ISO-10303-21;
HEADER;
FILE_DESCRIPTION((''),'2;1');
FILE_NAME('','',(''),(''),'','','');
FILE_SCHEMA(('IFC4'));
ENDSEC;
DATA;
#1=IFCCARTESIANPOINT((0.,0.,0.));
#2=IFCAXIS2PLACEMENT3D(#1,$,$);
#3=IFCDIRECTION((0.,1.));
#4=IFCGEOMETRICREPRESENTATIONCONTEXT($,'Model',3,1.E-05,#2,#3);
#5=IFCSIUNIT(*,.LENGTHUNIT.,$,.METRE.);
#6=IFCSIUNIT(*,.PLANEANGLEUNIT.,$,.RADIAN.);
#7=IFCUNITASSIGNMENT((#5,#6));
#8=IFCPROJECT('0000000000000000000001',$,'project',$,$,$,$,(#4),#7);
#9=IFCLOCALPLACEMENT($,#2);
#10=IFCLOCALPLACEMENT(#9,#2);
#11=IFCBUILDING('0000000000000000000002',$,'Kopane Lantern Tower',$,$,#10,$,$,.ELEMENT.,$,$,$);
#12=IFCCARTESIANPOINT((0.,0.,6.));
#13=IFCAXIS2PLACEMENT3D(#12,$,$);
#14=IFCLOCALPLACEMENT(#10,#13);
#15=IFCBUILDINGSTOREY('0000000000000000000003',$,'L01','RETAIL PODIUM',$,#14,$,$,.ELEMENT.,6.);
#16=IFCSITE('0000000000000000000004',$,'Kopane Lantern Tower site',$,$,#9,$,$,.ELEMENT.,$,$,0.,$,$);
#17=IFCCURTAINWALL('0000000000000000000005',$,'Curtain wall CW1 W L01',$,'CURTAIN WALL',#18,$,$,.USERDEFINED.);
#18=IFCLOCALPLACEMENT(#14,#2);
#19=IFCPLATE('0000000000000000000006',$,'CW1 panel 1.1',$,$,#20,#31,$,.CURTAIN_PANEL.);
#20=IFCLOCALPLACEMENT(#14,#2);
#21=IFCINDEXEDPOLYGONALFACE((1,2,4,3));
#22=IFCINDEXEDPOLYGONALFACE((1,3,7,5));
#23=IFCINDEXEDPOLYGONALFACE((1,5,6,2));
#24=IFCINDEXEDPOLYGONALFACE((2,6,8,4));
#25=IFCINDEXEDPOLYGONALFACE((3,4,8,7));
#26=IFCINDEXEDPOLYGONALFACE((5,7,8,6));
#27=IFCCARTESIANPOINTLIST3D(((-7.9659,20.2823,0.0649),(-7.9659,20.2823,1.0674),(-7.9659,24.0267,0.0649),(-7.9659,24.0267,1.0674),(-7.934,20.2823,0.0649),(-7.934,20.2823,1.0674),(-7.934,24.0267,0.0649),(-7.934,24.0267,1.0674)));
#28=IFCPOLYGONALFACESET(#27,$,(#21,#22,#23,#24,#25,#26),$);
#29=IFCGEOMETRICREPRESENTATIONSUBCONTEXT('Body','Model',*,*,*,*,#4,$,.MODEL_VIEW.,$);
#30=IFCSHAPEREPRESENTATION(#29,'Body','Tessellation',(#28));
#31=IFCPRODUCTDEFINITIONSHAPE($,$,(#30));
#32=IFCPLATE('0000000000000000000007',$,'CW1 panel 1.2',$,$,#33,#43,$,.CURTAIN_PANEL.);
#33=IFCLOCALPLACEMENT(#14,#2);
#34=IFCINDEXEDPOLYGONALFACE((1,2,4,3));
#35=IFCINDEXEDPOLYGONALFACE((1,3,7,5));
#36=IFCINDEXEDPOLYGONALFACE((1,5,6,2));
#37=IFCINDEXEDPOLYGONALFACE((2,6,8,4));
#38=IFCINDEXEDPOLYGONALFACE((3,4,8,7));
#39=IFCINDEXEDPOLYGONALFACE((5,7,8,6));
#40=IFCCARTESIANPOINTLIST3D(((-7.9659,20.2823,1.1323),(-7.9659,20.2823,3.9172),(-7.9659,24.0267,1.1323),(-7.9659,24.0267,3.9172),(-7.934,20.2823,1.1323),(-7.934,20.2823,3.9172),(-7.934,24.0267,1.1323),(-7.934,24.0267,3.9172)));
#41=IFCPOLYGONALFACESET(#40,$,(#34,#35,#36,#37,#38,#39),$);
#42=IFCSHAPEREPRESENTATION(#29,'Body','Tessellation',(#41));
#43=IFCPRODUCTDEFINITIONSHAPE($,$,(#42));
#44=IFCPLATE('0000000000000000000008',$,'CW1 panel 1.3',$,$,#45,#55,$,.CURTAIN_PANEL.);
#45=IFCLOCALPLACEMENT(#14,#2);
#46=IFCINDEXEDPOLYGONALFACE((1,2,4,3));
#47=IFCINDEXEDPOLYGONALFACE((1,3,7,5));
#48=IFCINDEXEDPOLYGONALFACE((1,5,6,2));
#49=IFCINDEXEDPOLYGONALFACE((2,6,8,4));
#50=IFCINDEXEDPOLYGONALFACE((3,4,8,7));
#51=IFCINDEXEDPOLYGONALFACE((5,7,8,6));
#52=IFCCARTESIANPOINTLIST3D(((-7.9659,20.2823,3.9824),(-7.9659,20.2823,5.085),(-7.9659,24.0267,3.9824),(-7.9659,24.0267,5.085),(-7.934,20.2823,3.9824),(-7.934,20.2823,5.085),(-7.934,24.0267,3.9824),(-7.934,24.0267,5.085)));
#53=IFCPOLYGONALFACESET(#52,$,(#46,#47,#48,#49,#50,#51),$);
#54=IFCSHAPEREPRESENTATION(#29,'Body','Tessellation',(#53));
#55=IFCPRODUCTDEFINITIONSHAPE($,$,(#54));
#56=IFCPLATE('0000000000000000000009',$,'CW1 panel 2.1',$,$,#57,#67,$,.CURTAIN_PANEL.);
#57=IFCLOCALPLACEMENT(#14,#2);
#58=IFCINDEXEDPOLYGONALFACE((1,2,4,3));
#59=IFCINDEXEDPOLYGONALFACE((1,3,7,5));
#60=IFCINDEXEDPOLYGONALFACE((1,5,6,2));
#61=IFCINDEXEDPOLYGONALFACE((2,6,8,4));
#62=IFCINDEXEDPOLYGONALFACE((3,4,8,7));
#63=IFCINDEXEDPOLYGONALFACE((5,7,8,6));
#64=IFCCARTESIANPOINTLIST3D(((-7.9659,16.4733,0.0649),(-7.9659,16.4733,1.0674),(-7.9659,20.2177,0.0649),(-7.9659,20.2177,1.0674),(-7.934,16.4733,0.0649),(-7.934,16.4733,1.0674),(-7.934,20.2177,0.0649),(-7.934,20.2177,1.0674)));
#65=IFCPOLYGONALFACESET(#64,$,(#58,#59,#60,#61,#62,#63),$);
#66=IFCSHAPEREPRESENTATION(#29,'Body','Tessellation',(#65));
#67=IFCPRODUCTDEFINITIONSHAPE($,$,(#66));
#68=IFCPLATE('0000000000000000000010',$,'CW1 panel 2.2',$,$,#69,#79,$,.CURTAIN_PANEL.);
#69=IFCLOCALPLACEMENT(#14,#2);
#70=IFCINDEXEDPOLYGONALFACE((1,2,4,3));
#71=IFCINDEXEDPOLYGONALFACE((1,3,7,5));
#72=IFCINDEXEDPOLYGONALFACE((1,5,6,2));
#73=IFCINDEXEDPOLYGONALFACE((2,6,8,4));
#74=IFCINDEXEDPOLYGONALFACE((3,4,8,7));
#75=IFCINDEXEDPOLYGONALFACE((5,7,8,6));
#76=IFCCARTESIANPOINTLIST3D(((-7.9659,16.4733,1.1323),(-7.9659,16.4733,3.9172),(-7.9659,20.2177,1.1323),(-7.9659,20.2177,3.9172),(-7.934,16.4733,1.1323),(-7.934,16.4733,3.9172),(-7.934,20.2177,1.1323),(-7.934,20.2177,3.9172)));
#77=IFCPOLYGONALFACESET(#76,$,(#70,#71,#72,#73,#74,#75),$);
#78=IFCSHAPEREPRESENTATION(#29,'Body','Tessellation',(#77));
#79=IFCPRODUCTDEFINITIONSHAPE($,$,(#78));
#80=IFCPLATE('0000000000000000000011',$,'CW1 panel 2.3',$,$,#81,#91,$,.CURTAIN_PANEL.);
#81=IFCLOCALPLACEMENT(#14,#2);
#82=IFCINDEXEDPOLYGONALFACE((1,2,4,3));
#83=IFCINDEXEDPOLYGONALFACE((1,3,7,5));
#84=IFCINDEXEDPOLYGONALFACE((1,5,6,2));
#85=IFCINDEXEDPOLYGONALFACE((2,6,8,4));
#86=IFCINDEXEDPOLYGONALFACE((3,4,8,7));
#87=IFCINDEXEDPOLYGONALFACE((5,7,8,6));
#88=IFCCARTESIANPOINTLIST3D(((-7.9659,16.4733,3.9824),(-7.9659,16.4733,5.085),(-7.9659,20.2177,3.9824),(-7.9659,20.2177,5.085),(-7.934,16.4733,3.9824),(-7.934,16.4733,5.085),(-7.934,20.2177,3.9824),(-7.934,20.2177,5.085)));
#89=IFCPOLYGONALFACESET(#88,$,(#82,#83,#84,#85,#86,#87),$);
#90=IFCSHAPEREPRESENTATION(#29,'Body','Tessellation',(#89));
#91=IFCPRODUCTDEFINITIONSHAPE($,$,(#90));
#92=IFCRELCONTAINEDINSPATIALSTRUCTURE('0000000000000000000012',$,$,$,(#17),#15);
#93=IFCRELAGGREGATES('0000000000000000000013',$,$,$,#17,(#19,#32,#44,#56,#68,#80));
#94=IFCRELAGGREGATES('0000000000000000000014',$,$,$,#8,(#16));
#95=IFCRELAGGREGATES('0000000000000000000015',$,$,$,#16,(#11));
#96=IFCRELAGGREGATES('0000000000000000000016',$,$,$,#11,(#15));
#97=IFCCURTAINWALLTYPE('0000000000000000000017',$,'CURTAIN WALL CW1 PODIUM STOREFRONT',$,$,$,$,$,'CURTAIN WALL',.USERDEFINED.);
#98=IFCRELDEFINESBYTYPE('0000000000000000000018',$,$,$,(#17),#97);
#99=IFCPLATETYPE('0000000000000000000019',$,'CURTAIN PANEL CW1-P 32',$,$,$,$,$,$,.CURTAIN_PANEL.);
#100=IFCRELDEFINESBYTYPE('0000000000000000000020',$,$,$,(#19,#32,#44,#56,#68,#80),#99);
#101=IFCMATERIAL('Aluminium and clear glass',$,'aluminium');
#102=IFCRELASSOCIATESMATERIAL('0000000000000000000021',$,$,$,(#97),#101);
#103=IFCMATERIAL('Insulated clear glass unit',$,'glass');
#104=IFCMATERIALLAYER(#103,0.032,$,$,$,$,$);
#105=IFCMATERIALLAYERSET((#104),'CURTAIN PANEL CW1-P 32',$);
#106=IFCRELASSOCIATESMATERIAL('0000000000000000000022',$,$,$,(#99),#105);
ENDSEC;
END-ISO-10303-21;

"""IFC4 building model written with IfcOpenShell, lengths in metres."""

from ifc_helpers import new_model, si_unit, direction, frame, origin, origin_2d, place, context, subcontext, project, spatial, rectangle, extrude, material, layer, layer_set, type_object, element, aggregate, save


model = new_model("IFC4")

# Units and contexts
model_context = context("Model", 3, precision=1e-05, world=origin(), true_north=direction((0.0, 1.0)))
body_context = subcontext(model_context, "Body", "Model", "MODEL_VIEW")
ifc_project = project(units=[si_unit("LENGTHUNIT", "METRE"), si_unit("PLANEANGLEUNIT", "RADIAN")], contexts=[model_context])

# Site, building, storey
site_placement = place(None, origin())
site = spatial("IfcSite", under=ifc_project, at=site_placement, Name="Kopane Lantern Tower site", CompositionType="ELEMENT", RefElevation=0.0)
building_placement = place(site_placement, origin())
building = spatial("IfcBuilding", under=site, at=building_placement, Name="Kopane Lantern Tower", CompositionType="ELEMENT")
storey_placement = place(building_placement, frame((0.0, 0.0, 6.0)))
storey = spatial("IfcBuildingStorey", under=building, at=storey_placement, Name="L01", Description="RETAIL PODIUM", CompositionType="ELEMENT", Elevation=6.0)

# Curtain wall, plates
ifc_material_1 = material(Name="Aluminium and clear glass", Category="aluminium")
curtain_wall_type = type_object("IfcCurtainWallType", Name="CURTAIN WALL CW1 PODIUM STOREFRONT", ElementType="CURTAIN WALL", PredefinedType="USERDEFINED", material=ifc_material_1)
curtain_wall_placement = place(storey_placement, origin())
curtain_wall = element("IfcCurtainWall", 1, at=curtain_wall_placement, inside=storey, type_object=curtain_wall_type, Name="Curtain wall CW1 W L01", ObjectType="CURTAIN WALL", PredefinedType="USERDEFINED")
ifc_material_2 = material(Name="Insulated clear glass unit", Category="glass")
ifc_layer = layer(ifc_material_2, 0.032)
ifc_layer_set = layer_set([ifc_layer], Name="CURTAIN PANEL CW1-P 32")
plate_type = type_object("IfcPlateType", Name="CURTAIN PANEL CW1-P 32", PredefinedType="CURTAIN_PANEL", material=ifc_layer_set)
plate_1_placement = place(storey_placement, frame((-7.95, 22.1545, 0.0649), z_axis=(0.0, 0.0, 1.0), x_axis=(0.0, -1.0, 0.0)))
plate_1 = element("IfcPlate", 2, at=plate_1_placement, type_object=plate_type, Name="CW1 panel 1.1", PredefinedType="CURTAIN_PANEL", context=body_context, shape_type="SweptSolid", body=[
    extrude(rectangle(XDim=3.7444, YDim=0.032, at=origin_2d()), origin(), (0.0, 0.0, 1.0), 1.0024),
])
plate_2_placement = place(storey_placement, frame((-7.95, 22.1545, 1.1323), z_axis=(0.0, 0.0, 1.0), x_axis=(0.0, -1.0, 0.0)))
plate_2 = element("IfcPlate", 3, at=plate_2_placement, type_object=plate_type, Name="CW1 panel 1.2", PredefinedType="CURTAIN_PANEL", context=body_context, shape_type="SweptSolid", body=[
    extrude(rectangle(XDim=3.7444, YDim=0.032, at=origin_2d()), origin(), (0.0, 0.0, 1.0), 2.7849),
])
plate_3_placement = place(storey_placement, frame((-7.95, 22.1545, 3.9824), z_axis=(0.0, 0.0, 1.0), x_axis=(0.0, -1.0, 0.0)))
plate_3 = element("IfcPlate", 4, at=plate_3_placement, type_object=plate_type, Name="CW1 panel 1.3", PredefinedType="CURTAIN_PANEL", context=body_context, shape_type="SweptSolid", body=[
    extrude(rectangle(XDim=3.7444, YDim=0.032, at=origin_2d()), origin(), (0.0, 0.0, 1.0), 1.1025),
])
plate_4_placement = place(storey_placement, frame((-7.95, 18.3455, 0.0649), z_axis=(0.0, 0.0, 1.0), x_axis=(0.0, -1.0, 0.0)))
plate_4 = element("IfcPlate", 5, at=plate_4_placement, type_object=plate_type, Name="CW1 panel 2.1", PredefinedType="CURTAIN_PANEL", context=body_context, shape_type="SweptSolid", body=[
    extrude(rectangle(XDim=3.7444, YDim=0.032, at=origin_2d()), origin(), (0.0, 0.0, 1.0), 1.0024),
])
plate_5_placement = place(storey_placement, frame((-7.95, 18.3455, 1.1323), z_axis=(0.0, 0.0, 1.0), x_axis=(0.0, -1.0, 0.0)))
plate_5 = element("IfcPlate", 6, at=plate_5_placement, type_object=plate_type, Name="CW1 panel 2.2", PredefinedType="CURTAIN_PANEL", context=body_context, shape_type="SweptSolid", body=[
    extrude(rectangle(XDim=3.7444, YDim=0.032, at=origin_2d()), origin(), (0.0, 0.0, 1.0), 2.7849),
])
plate_6_placement = place(storey_placement, frame((-7.95, 18.3455, 3.9824), z_axis=(0.0, 0.0, 1.0), x_axis=(0.0, -1.0, 0.0)))
plate_6 = element("IfcPlate", 7, at=plate_6_placement, type_object=plate_type, Name="CW1 panel 2.3", PredefinedType="CURTAIN_PANEL", context=body_context, shape_type="SweptSolid", body=[
    extrude(rectangle(XDim=3.7444, YDim=0.032, at=origin_2d()), origin(), (0.0, 0.0, 1.0), 1.1025),
])
aggregate(curtain_wall, [plate_1, plate_2, plate_3, plate_4, plate_5, plate_6])

save(model, "model.ifc")
